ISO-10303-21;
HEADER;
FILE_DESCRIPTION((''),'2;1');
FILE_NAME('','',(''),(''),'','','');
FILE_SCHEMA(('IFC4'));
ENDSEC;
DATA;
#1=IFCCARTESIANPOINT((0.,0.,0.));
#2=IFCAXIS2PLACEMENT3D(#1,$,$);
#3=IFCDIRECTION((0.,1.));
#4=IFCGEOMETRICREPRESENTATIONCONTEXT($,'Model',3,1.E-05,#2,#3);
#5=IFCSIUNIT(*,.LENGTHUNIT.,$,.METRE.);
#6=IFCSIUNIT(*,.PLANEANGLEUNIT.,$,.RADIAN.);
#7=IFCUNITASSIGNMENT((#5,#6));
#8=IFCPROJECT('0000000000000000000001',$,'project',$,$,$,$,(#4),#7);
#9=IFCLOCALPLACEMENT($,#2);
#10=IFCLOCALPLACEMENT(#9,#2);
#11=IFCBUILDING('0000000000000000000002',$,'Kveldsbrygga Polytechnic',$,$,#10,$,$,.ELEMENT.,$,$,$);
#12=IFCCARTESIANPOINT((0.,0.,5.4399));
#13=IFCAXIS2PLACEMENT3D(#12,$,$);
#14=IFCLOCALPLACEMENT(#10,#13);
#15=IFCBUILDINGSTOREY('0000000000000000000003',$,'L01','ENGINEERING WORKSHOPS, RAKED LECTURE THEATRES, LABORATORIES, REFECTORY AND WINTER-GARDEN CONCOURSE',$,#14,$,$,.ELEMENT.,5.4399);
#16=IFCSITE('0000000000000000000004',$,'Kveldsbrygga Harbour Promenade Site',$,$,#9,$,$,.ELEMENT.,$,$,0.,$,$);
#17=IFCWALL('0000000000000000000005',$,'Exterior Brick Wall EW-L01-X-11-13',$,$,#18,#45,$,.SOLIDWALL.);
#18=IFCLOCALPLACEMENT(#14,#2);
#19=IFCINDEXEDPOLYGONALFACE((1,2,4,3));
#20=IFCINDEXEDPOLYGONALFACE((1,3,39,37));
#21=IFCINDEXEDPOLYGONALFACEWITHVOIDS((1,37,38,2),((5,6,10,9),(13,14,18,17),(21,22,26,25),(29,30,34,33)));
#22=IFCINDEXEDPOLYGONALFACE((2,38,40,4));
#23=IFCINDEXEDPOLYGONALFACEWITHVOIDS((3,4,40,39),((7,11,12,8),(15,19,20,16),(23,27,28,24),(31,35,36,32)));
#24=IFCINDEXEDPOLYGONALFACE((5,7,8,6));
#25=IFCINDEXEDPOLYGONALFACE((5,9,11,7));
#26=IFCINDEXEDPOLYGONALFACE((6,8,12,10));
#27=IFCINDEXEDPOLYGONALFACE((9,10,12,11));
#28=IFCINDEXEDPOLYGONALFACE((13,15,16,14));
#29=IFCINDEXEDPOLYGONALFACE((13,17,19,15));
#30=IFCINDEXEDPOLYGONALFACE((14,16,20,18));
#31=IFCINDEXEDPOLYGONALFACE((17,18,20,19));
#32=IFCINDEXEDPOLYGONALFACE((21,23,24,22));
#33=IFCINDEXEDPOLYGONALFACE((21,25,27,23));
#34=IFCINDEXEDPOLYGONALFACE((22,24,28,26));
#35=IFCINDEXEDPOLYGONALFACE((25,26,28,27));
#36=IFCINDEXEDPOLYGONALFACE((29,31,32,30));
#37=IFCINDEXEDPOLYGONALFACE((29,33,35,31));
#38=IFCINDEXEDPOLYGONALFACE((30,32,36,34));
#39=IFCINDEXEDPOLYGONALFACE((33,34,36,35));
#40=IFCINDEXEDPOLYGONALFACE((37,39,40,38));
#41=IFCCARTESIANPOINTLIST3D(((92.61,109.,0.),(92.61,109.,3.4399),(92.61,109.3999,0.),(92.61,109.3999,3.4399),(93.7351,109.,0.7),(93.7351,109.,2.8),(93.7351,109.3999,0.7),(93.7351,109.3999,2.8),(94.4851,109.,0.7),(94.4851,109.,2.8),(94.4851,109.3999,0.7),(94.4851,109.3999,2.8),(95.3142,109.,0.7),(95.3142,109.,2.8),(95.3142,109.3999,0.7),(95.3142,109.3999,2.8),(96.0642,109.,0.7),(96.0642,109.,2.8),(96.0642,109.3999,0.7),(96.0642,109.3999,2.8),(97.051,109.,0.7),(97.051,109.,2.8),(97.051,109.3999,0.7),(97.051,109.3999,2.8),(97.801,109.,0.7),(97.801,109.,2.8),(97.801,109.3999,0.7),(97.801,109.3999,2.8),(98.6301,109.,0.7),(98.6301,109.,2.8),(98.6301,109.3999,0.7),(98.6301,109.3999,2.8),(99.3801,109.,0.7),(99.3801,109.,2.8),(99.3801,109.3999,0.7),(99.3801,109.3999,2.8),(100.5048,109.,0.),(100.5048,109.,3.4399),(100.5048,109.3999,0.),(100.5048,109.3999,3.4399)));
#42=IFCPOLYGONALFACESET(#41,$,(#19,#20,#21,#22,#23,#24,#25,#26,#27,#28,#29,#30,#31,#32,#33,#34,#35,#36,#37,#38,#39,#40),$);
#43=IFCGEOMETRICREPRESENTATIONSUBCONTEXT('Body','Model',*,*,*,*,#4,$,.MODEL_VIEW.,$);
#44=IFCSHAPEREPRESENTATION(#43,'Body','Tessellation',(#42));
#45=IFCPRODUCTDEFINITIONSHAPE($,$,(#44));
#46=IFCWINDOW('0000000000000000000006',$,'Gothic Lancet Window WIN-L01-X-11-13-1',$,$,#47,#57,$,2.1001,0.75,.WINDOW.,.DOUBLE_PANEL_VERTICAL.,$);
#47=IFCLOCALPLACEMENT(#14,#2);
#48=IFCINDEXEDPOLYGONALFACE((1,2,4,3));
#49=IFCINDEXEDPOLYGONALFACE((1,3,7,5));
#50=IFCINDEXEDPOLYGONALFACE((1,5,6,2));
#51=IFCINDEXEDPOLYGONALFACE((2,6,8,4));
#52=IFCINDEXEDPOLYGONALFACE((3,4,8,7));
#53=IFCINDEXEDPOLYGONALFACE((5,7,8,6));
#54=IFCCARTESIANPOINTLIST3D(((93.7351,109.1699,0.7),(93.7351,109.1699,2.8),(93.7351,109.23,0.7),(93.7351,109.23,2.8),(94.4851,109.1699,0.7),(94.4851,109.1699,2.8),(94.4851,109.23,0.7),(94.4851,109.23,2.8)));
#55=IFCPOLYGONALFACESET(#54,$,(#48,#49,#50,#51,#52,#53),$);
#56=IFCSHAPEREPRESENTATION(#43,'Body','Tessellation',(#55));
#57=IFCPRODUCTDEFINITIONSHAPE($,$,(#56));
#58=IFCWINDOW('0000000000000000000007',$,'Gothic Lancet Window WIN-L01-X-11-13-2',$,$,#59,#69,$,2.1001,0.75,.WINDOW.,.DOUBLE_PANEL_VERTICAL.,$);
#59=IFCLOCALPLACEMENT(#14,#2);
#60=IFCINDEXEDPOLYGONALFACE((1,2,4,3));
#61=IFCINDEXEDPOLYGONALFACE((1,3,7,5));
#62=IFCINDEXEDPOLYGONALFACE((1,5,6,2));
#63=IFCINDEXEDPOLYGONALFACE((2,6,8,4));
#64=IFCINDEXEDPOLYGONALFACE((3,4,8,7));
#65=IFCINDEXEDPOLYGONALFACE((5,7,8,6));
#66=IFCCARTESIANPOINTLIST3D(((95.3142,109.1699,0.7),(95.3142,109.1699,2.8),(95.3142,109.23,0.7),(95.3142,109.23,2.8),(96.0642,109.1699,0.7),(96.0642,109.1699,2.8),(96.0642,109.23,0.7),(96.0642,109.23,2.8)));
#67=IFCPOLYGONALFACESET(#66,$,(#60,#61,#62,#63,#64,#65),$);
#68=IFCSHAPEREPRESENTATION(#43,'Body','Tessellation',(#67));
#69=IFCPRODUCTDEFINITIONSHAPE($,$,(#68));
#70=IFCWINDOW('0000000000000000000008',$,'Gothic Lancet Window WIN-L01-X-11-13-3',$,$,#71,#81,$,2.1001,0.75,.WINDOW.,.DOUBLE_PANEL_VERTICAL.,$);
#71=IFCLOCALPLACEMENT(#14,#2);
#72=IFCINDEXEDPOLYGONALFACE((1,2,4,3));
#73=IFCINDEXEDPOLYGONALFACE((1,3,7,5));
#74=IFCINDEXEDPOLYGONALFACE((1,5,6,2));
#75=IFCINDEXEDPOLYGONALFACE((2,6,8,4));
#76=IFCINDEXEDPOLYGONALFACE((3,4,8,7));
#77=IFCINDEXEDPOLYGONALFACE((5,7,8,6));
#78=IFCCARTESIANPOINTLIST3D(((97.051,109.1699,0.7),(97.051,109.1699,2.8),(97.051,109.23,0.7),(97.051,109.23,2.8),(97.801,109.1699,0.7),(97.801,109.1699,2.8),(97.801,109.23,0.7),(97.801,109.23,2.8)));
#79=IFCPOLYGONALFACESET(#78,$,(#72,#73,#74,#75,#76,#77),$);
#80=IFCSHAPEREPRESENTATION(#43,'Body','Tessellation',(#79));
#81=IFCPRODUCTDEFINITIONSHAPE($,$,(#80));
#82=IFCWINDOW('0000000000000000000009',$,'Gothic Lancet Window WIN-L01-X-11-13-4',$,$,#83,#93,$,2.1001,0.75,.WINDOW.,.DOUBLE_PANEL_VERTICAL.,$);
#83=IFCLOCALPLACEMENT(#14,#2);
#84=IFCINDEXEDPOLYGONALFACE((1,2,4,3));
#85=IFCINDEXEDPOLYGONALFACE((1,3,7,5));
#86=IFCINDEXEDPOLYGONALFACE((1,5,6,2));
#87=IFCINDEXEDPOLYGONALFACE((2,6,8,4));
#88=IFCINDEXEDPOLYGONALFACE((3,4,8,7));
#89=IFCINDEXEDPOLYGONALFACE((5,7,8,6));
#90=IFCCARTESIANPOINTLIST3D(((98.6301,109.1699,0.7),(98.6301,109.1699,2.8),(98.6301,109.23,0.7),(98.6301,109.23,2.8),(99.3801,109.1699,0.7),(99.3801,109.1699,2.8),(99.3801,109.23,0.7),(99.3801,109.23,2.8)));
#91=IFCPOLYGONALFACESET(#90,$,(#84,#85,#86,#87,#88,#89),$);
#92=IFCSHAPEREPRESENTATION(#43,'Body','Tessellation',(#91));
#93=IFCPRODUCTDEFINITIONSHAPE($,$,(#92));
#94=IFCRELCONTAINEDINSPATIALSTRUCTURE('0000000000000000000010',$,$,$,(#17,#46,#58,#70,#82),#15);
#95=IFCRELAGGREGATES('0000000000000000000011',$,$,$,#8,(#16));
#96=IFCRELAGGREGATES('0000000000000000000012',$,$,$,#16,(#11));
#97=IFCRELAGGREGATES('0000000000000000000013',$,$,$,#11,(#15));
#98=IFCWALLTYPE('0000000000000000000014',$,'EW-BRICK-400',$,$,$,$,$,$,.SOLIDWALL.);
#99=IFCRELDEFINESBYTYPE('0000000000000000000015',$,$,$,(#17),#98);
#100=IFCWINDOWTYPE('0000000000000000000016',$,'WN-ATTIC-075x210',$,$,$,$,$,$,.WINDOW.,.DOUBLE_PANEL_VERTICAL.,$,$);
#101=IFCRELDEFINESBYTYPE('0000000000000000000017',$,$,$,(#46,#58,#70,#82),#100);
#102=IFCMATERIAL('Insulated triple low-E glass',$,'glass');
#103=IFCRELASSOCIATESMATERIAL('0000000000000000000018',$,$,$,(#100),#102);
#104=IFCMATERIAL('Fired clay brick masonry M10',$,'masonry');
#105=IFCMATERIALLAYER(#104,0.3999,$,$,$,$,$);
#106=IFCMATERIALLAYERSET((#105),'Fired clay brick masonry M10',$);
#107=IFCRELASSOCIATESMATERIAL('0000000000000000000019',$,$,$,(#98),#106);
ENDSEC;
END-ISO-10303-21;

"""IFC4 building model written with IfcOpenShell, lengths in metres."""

from ifc_helpers import new_model, si_unit, direction, frame, frame_2d, origin, place, context, subcontext, project, spatial, rectangle, extrude, material, layer, layer_set, type_object, element, fill, save


model = new_model("IFC4")

# Units and contexts
model_context = context("Model", 3, precision=1e-05, world=origin(), true_north=direction((0.0, 1.0)))
body_context = subcontext(model_context, "Body", "Model", "MODEL_VIEW")
ifc_project = project(units=[si_unit("LENGTHUNIT", "METRE"), si_unit("PLANEANGLEUNIT", "RADIAN")], contexts=[model_context])

# Site, building, storey
site_placement = place(None, origin())
site = spatial("IfcSite", under=ifc_project, at=site_placement, Name="Kveldsbrygga Harbour Promenade Site", CompositionType="ELEMENT", RefElevation=0.0)
building_placement = place(site_placement, origin())
building = spatial("IfcBuilding", under=site, at=building_placement, Name="Kveldsbrygga Polytechnic", CompositionType="ELEMENT")
storey_placement = place(building_placement, frame((0.0, 0.0, 5.4399)))
storey = spatial("IfcBuildingStorey", under=building, at=storey_placement, Name="L01", Description="ENGINEERING WORKSHOPS, RAKED LECTURE THEATRES, LABORATORIES, REFECTORY AND WINTER-GARDEN CONCOURSE", CompositionType="ELEMENT", Elevation=5.4399)

# Shared definitions
ifc_material_1 = material(Name="Insulated triple low-E glass", Category="glass")

# Wall, openings, windows
ifc_material_2 = material(Name="Fired clay brick masonry M10", Category="masonry")
window_type = type_object("IfcWindowType", Name="WN-ATTIC-075x210", PartitioningType="DOUBLE_PANEL_VERTICAL", PredefinedType="WINDOW", material=ifc_material_1)
ifc_layer_1 = layer(ifc_material_2, 0.3999)
ifc_layer_set_1 = layer_set([ifc_layer_1], Name="Fired clay brick masonry M10")
wall_type_1 = type_object("IfcWallType", Name="EW-BRICK-400", PredefinedType="SOLIDWALL", material=ifc_layer_set_1)
wall_1_placement = place(storey_placement, frame((92.6101, 109.2, 0.0), z_axis=(0.0, 0.0, 1.0), x_axis=(1.0, 0.0, 0.0)))
wall_1 = element("IfcWall", 1, at=wall_1_placement, inside=storey, type_object=wall_type_1, Name="Exterior Brick Wall EW-L01-X-11-13", PredefinedType="SOLIDWALL", context=body_context, shape_type="SweptSolid", body=[
    extrude(rectangle(XDim=7.8948, YDim=0.3999, at=frame_2d((3.9473, 0.0))), origin(), (0.0, 0.0, 1.0), 3.4399),
])
opening_1_placement = place(wall_1_placement, frame((1.125, 0.0, 0.7)))
opening_1 = element("IfcOpeningElement", 2, at=opening_1_placement, cuts=wall_1, PredefinedType="OPENING", context=body_context, shape_type="SweptSolid", body=[
    extrude(rectangle(XDim=0.75, YDim=2.1001, at=frame_2d((0.375, 1.05))), frame((0.0, 0.21, 0.0), z_axis=(0.0, -1.0, 0.0), x_axis=(1.0, 0.0, 0.0)), (0.0, 0.0, 1.0), 0.4199),
])
opening_2_placement = place(wall_1_placement, frame((2.7041, 0.0, 0.7)))
opening_2 = element("IfcOpeningElement", 3, at=opening_2_placement, cuts=wall_1, PredefinedType="OPENING", context=body_context, shape_type="SweptSolid", body=[
    extrude(rectangle(XDim=0.75, YDim=2.1001, at=frame_2d((0.375, 1.05))), frame((0.0, 0.21, 0.0), z_axis=(0.0, -1.0, 0.0), x_axis=(1.0, 0.0, 0.0)), (0.0, 0.0, 1.0), 0.4199),
])
opening_3_placement = place(wall_1_placement, frame((4.4409, 0.0, 0.7)))
opening_3 = element("IfcOpeningElement", 4, at=opening_3_placement, cuts=wall_1, PredefinedType="OPENING", context=body_context, shape_type="SweptSolid", body=[
    extrude(rectangle(XDim=0.75, YDim=2.1001, at=frame_2d((0.375, 1.05))), frame((0.0, 0.21, 0.0), z_axis=(0.0, -1.0, 0.0), x_axis=(1.0, 0.0, 0.0)), (0.0, 0.0, 1.0), 0.4199),
])
opening_4_placement = place(wall_1_placement, frame((6.02, 0.0, 0.7)))
opening_4 = element("IfcOpeningElement", 5, at=opening_4_placement, cuts=wall_1, PredefinedType="OPENING", context=body_context, shape_type="SweptSolid", body=[
    extrude(rectangle(XDim=0.75, YDim=2.1001, at=frame_2d((0.375, 1.05))), frame((0.0, 0.21, 0.0), z_axis=(0.0, -1.0, 0.0), x_axis=(1.0, 0.0, 0.0)), (0.0, 0.0, 1.0), 0.4199),
])
window_1_placement = place(opening_1_placement, origin())
window_1 = element("IfcWindow", 6, at=window_1_placement, inside=storey, type_object=window_type, Name="Gothic Lancet Window WIN-L01-X-11-13-1", OverallHeight=2.1001, OverallWidth=0.75, PartitioningType="DOUBLE_PANEL_VERTICAL", PredefinedType="WINDOW", context=body_context, shape_type="SweptSolid", body=[
    extrude(rectangle(XDim=0.75, YDim=2.1001, at=frame_2d((0.375, 1.05))), frame((0.0, 0.03, 0.0), z_axis=(0.0, -1.0, 0.0), x_axis=(1.0, 0.0, 0.0)), (0.0, 0.0, 1.0), 0.0601),
])
fill(opening_1, window_1)
window_2_placement = place(opening_2_placement, origin())
window_2 = element("IfcWindow", 7, at=window_2_placement, inside=storey, type_object=window_type, Name="Gothic Lancet Window WIN-L01-X-11-13-2", OverallHeight=2.1001, OverallWidth=0.75, PartitioningType="DOUBLE_PANEL_VERTICAL", PredefinedType="WINDOW", context=body_context, shape_type="SweptSolid", body=[
    extrude(rectangle(XDim=0.75, YDim=2.1001, at=frame_2d((0.375, 1.05))), frame((0.0, 0.03, 0.0), z_axis=(0.0, -1.0, 0.0), x_axis=(1.0, 0.0, 0.0)), (0.0, 0.0, 1.0), 0.0601),
])
fill(opening_2, window_2)
window_3_placement = place(opening_3_placement, origin())
window_3 = element("IfcWindow", 8, at=window_3_placement, inside=storey, type_object=window_type, Name="Gothic Lancet Window WIN-L01-X-11-13-3", OverallHeight=2.1001, OverallWidth=0.75, PartitioningType="DOUBLE_PANEL_VERTICAL", PredefinedType="WINDOW", context=body_context, shape_type="SweptSolid", body=[
    extrude(rectangle(XDim=0.75, YDim=2.1001, at=frame_2d((0.375, 1.05))), frame((0.0, 0.03, 0.0), z_axis=(0.0, -1.0, 0.0), x_axis=(1.0, 0.0, 0.0)), (0.0, 0.0, 1.0), 0.0601),
])
fill(opening_3, window_3)
window_4_placement = place(opening_4_placement, origin())
window_4 = element("IfcWindow", 9, at=window_4_placement, inside=storey, type_object=window_type, Name="Gothic Lancet Window WIN-L01-X-11-13-4", OverallHeight=2.1001, OverallWidth=0.75, PartitioningType="DOUBLE_PANEL_VERTICAL", PredefinedType="WINDOW", context=body_context, shape_type="SweptSolid", body=[
    extrude(rectangle(XDim=0.75, YDim=2.1001, at=frame_2d((0.375, 1.05))), frame((0.0, 0.03, 0.0), z_axis=(0.0, -1.0, 0.0), x_axis=(1.0, 0.0, 0.0)), (0.0, 0.0, 1.0), 0.0601),
])
fill(opening_4, window_4)

save(model, "model.ifc")
